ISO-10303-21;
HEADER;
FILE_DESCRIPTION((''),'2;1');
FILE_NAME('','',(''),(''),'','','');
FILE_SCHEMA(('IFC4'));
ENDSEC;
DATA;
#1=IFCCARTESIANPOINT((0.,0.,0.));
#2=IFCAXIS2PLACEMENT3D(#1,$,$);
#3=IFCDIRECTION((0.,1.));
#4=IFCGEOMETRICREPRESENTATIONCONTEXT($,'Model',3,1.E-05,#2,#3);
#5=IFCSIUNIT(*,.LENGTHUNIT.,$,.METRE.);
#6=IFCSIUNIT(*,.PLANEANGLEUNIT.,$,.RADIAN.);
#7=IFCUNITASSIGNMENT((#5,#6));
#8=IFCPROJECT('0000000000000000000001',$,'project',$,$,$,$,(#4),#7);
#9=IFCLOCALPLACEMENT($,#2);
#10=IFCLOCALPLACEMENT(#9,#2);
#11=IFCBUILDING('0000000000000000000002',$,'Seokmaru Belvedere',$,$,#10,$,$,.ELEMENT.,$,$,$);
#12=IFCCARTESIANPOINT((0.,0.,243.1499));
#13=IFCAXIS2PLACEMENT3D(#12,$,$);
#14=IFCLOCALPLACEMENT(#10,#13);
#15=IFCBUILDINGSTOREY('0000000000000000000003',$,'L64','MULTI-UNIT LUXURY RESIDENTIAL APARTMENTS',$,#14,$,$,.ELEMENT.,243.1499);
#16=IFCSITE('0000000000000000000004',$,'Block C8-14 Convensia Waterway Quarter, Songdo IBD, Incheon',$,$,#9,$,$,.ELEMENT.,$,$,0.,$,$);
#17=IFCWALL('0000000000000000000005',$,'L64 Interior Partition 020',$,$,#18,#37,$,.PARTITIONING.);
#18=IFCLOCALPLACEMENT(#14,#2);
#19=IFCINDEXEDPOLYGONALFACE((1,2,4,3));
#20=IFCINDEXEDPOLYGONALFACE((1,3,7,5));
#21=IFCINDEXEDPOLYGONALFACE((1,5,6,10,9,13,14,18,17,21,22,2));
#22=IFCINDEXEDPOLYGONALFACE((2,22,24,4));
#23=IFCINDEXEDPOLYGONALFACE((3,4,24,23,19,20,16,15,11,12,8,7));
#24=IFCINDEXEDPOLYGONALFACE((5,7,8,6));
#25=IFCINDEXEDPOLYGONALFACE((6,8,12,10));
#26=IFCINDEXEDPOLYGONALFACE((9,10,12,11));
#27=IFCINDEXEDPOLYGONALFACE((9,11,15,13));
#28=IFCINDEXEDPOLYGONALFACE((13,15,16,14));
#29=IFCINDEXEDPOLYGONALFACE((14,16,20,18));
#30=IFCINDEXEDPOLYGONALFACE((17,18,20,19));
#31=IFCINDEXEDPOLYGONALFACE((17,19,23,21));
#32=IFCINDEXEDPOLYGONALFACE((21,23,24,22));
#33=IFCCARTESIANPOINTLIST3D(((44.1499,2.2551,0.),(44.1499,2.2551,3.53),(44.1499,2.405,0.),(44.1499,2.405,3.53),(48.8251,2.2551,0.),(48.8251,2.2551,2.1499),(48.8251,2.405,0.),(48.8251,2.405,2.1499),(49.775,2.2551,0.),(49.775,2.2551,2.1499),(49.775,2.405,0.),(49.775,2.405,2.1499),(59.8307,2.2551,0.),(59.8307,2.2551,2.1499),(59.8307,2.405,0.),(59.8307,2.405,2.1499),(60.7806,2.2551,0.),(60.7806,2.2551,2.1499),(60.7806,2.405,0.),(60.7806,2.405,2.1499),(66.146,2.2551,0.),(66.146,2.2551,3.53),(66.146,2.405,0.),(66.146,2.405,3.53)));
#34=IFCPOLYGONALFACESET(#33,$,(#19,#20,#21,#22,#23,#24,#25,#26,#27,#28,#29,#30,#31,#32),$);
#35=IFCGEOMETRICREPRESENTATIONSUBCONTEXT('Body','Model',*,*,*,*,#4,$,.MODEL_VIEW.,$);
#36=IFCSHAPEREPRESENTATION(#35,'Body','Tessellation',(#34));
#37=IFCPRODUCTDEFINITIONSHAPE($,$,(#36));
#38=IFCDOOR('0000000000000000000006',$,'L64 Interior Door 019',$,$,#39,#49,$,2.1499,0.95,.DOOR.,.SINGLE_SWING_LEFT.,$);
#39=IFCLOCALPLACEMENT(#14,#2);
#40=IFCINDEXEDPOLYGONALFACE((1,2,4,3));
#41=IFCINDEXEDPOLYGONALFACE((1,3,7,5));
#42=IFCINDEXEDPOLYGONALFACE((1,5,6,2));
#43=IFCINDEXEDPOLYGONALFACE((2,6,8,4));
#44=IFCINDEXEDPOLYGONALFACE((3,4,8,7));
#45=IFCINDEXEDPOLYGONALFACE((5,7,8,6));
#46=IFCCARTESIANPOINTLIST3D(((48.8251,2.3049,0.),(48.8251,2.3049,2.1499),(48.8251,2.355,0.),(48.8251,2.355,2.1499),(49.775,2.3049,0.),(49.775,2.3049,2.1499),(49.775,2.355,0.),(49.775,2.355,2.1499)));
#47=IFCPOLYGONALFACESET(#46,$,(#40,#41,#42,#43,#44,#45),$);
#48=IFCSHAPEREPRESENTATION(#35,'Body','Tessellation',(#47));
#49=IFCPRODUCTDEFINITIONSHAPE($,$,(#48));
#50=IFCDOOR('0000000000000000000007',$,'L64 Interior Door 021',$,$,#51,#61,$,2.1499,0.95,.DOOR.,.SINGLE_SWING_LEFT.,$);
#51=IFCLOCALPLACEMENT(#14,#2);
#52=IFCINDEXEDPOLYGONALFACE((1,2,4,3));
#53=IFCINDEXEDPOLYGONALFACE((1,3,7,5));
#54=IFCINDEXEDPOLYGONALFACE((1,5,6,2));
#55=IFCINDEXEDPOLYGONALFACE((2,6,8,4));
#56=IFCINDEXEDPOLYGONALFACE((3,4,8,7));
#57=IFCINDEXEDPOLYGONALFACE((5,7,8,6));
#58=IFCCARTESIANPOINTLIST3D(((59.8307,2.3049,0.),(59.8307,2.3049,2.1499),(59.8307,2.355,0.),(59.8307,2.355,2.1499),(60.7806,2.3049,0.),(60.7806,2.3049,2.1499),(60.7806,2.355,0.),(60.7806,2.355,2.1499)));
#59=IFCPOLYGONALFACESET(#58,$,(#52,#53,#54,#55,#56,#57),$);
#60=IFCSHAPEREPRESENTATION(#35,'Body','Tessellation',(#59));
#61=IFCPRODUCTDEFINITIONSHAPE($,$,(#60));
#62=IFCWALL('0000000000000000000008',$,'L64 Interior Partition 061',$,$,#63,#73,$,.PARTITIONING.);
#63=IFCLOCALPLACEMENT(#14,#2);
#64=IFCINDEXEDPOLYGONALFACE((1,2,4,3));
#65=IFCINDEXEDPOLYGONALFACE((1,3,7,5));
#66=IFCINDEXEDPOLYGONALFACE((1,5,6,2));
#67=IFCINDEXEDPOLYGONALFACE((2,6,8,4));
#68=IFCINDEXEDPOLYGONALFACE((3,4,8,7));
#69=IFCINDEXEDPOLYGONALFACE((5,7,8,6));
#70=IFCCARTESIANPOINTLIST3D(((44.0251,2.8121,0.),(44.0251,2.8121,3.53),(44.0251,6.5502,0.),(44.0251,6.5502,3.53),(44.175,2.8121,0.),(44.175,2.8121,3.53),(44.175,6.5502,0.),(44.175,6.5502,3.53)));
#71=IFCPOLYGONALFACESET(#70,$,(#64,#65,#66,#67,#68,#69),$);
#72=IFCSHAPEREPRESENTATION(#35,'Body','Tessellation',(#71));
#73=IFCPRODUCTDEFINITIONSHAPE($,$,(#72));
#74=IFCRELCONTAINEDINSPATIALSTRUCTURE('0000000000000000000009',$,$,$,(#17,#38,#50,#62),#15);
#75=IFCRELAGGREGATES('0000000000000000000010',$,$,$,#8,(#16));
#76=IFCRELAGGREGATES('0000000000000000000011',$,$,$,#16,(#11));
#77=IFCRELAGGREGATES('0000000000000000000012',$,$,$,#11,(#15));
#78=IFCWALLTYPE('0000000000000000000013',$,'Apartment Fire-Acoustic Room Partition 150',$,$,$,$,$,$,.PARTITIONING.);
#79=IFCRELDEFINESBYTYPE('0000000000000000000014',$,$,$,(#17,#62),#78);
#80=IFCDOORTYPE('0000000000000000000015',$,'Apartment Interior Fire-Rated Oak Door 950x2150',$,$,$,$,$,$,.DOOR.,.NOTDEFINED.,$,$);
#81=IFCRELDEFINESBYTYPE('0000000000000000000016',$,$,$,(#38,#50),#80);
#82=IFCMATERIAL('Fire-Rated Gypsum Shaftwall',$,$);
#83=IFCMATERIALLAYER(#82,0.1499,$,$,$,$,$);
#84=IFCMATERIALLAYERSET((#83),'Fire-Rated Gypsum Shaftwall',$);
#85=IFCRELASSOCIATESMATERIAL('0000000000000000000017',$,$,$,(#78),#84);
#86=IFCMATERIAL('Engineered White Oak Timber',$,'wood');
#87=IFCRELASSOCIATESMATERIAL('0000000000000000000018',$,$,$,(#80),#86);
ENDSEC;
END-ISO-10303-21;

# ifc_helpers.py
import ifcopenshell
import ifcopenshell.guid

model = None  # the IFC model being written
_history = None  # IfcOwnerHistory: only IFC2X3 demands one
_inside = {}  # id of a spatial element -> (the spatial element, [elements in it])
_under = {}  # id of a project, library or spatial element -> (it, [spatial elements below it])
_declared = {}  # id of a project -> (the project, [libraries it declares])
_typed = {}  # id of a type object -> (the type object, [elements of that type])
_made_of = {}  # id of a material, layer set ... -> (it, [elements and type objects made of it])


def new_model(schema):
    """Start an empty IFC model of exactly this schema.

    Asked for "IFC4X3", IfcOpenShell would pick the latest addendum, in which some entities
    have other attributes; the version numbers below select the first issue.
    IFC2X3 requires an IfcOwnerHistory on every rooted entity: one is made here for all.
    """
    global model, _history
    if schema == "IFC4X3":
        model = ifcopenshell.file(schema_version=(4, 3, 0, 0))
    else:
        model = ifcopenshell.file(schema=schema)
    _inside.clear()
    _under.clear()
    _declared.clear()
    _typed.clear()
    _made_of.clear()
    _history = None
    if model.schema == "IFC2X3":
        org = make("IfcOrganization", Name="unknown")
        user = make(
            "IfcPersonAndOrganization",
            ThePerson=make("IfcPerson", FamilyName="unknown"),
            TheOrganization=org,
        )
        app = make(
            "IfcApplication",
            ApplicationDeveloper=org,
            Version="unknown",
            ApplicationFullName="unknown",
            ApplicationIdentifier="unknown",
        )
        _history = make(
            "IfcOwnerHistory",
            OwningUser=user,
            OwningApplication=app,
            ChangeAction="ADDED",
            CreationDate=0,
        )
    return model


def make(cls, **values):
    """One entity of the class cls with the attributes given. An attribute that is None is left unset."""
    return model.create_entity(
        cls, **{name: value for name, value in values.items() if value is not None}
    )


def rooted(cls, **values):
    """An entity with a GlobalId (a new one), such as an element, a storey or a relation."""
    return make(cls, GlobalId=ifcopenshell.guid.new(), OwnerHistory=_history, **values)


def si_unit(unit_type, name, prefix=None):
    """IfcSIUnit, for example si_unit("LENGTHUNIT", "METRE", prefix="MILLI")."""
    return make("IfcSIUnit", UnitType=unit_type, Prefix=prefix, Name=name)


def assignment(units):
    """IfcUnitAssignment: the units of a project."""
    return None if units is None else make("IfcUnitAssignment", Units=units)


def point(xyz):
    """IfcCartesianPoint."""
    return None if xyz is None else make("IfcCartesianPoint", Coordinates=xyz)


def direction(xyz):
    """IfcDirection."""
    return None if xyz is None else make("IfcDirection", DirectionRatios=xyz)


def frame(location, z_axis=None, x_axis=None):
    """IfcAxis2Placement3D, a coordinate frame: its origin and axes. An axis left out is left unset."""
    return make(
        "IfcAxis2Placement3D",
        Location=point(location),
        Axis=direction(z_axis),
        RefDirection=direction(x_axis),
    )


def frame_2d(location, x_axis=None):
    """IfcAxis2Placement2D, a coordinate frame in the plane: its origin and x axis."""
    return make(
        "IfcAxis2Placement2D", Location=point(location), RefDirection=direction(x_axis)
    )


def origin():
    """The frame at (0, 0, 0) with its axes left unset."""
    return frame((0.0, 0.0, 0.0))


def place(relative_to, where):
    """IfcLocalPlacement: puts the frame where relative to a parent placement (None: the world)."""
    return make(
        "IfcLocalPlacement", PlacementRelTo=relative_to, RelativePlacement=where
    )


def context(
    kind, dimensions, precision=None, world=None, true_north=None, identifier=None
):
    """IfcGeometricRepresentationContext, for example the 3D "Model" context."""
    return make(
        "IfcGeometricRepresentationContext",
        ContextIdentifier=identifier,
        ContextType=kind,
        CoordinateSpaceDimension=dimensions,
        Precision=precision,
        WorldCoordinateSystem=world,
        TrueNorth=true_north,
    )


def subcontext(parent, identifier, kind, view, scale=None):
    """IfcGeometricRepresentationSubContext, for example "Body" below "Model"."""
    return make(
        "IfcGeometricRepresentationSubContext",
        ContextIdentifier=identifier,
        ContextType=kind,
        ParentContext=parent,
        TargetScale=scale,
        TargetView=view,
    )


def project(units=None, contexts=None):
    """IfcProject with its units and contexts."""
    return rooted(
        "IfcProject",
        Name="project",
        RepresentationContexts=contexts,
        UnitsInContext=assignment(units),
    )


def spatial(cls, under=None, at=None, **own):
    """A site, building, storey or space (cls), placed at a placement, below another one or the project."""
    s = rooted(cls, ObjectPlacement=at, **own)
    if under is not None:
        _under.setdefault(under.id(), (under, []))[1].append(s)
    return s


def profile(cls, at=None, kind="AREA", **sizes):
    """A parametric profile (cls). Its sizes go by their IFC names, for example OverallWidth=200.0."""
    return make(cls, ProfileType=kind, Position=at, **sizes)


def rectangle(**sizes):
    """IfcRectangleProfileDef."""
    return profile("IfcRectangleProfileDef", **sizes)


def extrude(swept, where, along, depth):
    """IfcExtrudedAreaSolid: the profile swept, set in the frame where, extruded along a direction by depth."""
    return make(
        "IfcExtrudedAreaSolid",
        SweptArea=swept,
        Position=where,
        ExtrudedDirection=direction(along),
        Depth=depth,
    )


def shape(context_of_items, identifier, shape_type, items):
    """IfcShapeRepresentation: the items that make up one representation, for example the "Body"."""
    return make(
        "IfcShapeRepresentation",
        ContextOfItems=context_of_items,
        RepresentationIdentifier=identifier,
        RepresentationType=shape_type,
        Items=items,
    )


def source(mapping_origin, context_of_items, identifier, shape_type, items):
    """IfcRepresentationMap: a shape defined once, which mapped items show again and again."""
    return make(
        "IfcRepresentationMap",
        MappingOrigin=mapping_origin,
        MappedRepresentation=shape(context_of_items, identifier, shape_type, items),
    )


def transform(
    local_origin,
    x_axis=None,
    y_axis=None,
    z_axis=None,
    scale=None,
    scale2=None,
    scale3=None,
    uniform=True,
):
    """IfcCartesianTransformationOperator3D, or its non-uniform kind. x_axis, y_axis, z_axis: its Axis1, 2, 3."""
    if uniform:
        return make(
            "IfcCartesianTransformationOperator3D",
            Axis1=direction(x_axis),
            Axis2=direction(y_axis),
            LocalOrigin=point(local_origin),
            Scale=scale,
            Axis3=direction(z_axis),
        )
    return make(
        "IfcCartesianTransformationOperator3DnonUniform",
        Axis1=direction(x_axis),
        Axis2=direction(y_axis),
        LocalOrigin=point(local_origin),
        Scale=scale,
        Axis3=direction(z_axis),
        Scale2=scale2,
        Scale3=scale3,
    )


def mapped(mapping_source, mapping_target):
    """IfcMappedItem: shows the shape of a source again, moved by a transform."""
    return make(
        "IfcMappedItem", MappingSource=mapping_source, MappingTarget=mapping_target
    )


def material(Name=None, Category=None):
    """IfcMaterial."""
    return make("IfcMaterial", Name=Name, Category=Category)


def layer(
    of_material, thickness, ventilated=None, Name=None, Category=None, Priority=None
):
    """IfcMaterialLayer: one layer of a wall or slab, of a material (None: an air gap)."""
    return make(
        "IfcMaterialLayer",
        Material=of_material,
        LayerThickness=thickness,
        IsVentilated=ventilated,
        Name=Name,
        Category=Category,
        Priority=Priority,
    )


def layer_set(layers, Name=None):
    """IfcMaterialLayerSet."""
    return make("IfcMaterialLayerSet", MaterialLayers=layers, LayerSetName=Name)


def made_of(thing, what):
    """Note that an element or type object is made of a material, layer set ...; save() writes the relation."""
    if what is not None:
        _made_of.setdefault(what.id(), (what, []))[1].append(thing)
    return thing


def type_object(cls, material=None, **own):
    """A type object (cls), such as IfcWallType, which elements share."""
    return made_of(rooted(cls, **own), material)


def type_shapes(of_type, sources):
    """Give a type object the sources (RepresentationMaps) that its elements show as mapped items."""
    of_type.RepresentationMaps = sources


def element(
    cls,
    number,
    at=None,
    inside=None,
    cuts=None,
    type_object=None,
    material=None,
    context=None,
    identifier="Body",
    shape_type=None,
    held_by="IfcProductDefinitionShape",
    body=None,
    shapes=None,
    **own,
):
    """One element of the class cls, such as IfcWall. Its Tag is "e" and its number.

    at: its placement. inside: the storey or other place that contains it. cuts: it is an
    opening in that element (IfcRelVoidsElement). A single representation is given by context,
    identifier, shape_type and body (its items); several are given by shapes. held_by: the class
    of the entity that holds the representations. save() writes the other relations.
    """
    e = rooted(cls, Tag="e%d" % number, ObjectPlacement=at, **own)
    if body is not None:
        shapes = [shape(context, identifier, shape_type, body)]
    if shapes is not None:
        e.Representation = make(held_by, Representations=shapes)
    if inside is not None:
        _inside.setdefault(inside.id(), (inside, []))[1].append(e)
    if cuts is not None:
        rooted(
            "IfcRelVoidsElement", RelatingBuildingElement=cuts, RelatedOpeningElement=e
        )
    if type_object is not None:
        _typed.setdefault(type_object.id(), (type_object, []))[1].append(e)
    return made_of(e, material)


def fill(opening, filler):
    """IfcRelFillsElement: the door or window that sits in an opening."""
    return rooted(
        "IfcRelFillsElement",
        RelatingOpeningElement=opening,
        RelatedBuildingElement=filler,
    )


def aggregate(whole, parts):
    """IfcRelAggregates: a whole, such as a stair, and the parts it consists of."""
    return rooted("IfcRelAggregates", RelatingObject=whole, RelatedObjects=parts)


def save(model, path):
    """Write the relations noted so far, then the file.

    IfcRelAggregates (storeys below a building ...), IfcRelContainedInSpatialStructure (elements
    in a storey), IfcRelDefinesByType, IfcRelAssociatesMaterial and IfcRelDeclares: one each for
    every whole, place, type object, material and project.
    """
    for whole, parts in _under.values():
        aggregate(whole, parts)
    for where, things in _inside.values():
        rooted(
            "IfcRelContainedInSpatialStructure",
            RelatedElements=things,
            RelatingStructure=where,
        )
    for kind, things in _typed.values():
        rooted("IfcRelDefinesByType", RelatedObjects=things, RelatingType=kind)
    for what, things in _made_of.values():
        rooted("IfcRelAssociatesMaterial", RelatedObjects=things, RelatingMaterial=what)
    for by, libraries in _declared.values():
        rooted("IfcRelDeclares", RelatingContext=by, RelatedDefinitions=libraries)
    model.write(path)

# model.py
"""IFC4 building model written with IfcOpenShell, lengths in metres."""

from ifc_helpers import new_model, si_unit, direction, frame, frame_2d, origin, place, context, subcontext, project, spatial, rectangle, extrude, source, transform, mapped, material, layer, layer_set, type_object, type_shapes, element, fill, save


model = new_model("IFC4")

# Units and contexts
model_context = context("Model", 3, precision=1e-05, world=origin(), true_north=direction((0.0, 1.0)))
body_context = subcontext(model_context, "Body", "Model", "MODEL_VIEW")
ifc_project = project(units=[si_unit("LENGTHUNIT", "METRE"), si_unit("PLANEANGLEUNIT", "RADIAN")], contexts=[model_context])

# Site, building, storey
site_placement = place(None, origin())
site = spatial("IfcSite", under=ifc_project, at=site_placement, Name="Block C8-14 Convensia Waterway Quarter, Songdo IBD, Incheon", CompositionType="ELEMENT", RefElevation=0.0)
building_placement = place(site_placement, origin())
building = spatial("IfcBuilding", under=site, at=building_placement, Name="Seokmaru Belvedere", CompositionType="ELEMENT")
storey_placement = place(building_placement, frame((0.0, 0.0, 243.1499)))
storey = spatial("IfcBuildingStorey", under=building, at=storey_placement, Name="L64", Description="MULTI-UNIT LUXURY RESIDENTIAL APARTMENTS", CompositionType="ELEMENT", Elevation=243.1499)

# Wall, openings, doors
ifc_material_1 = material(Name="Fire-Rated Gypsum Shaftwall")
ifc_layer_1 = layer(ifc_material_1, 0.1499)
ifc_layer_set_1 = layer_set([ifc_layer_1], Name="Fire-Rated Gypsum Shaftwall")
wall_type = type_object("IfcWallType", Name="Apartment Fire-Acoustic Room Partition 150", PredefinedType="PARTITIONING", material=ifc_layer_set_1)
wall_1_placement = place(storey_placement, frame((44.1499, 2.3301, 0.0), z_axis=(0.0, 0.0, 1.0), x_axis=(1.0, 0.0, 0.0)))
wall_1 = element("IfcWall", 1, at=wall_1_placement, inside=storey, type_object=wall_type, Name="L64 Interior Partition 020", PredefinedType="PARTITIONING", context=body_context, shape_type="SweptSolid", body=[
    extrude(rectangle(XDim=21.9961, YDim=0.1499, at=frame_2d((10.998, 0.0))), origin(), (0.0, 0.0, 1.0), 3.53),
])
opening_1_placement = place(wall_1_placement, frame((4.675, 0.0, 0.0)))
opening_1 = element("IfcOpeningElement", 2, at=opening_1_placement, cuts=wall_1, PredefinedType="OPENING", context=body_context, shape_type="SweptSolid", body=[
    extrude(rectangle(XDim=0.95, YDim=2.1499, at=frame_2d((0.4751, 1.075))), frame((0.0, 0.085, 0.0), z_axis=(0.0, -1.0, 0.0), x_axis=(1.0, 0.0, 0.0)), (0.0, 0.0, 1.0), 0.1699),
])
opening_2_placement = place(wall_1_placement, frame((15.6807, 0.0, 0.0)))
opening_2 = element("IfcOpeningElement", 3, at=opening_2_placement, cuts=wall_1, PredefinedType="OPENING", context=body_context, shape_type="SweptSolid", body=[
    extrude(rectangle(XDim=0.95, YDim=2.1499, at=frame_2d((0.4751, 1.075))), frame((0.0, 0.085, 0.0), z_axis=(0.0, -1.0, 0.0), x_axis=(1.0, 0.0, 0.0)), (0.0, 0.0, 1.0), 0.1699),
])
ifc_material_2 = material(Name="Engineered White Oak Timber", Category="wood")
door_type = type_object("IfcDoorType", Name="Apartment Interior Fire-Rated Oak Door 950x2150", OperationType="NOTDEFINED", PredefinedType="DOOR", material=ifc_material_2)
shared_shape_1 = source(origin(), body_context, "Body", "SweptSolid", [
    extrude(rectangle(XDim=0.95, YDim=2.1499, at=frame_2d((0.4751, 1.075))), frame((0.0, 0.0249, 0.0), z_axis=(0.0, -1.0, 0.0), x_axis=(1.0, 0.0, 0.0)), (0.0, 0.0, 1.0), 0.05),
])
type_shapes(door_type, [shared_shape_1])
door_1_placement = place(opening_1_placement, origin())
door_1 = element("IfcDoor", 4, at=door_1_placement, inside=storey, type_object=door_type, Name="L64 Interior Door 019", OperationType="SINGLE_SWING_LEFT", OverallHeight=2.1499, OverallWidth=0.95, PredefinedType="DOOR", context=body_context, shape_type="MappedRepresentation", body=[
    mapped(shared_shape_1, transform((0.0, 0.0, 0.0), scale=1.0)),
])
fill(opening_1, door_1)
door_2_placement = place(opening_2_placement, origin())
door_2 = element("IfcDoor", 5, at=door_2_placement, inside=storey, type_object=door_type, Name="L64 Interior Door 021", OperationType="SINGLE_SWING_LEFT", OverallHeight=2.1499, OverallWidth=0.95, PredefinedType="DOOR", context=body_context, shape_type="MappedRepresentation", body=[
    mapped(shared_shape_1, transform((0.0, 0.0, 0.0), scale=1.0)),
])
fill(opening_2, door_2)

# Wall
wall_2_placement = place(storey_placement, frame((44.1001, 2.812, 0.0), z_axis=(0.0, 0.0, 1.0), x_axis=(0.0, 1.0, 0.0)))
element("IfcWall", 6, at=wall_2_placement, inside=storey, type_object=wall_type, Name="L64 Interior Partition 061", PredefinedType="PARTITIONING", context=body_context, shape_type="SweptSolid", body=[
    extrude(rectangle(XDim=3.738, YDim=0.1499, at=frame_2d((1.8691, 0.0))), origin(), (0.0, 0.0, 1.0), 3.53),
])

save(model, "model.ifc")
